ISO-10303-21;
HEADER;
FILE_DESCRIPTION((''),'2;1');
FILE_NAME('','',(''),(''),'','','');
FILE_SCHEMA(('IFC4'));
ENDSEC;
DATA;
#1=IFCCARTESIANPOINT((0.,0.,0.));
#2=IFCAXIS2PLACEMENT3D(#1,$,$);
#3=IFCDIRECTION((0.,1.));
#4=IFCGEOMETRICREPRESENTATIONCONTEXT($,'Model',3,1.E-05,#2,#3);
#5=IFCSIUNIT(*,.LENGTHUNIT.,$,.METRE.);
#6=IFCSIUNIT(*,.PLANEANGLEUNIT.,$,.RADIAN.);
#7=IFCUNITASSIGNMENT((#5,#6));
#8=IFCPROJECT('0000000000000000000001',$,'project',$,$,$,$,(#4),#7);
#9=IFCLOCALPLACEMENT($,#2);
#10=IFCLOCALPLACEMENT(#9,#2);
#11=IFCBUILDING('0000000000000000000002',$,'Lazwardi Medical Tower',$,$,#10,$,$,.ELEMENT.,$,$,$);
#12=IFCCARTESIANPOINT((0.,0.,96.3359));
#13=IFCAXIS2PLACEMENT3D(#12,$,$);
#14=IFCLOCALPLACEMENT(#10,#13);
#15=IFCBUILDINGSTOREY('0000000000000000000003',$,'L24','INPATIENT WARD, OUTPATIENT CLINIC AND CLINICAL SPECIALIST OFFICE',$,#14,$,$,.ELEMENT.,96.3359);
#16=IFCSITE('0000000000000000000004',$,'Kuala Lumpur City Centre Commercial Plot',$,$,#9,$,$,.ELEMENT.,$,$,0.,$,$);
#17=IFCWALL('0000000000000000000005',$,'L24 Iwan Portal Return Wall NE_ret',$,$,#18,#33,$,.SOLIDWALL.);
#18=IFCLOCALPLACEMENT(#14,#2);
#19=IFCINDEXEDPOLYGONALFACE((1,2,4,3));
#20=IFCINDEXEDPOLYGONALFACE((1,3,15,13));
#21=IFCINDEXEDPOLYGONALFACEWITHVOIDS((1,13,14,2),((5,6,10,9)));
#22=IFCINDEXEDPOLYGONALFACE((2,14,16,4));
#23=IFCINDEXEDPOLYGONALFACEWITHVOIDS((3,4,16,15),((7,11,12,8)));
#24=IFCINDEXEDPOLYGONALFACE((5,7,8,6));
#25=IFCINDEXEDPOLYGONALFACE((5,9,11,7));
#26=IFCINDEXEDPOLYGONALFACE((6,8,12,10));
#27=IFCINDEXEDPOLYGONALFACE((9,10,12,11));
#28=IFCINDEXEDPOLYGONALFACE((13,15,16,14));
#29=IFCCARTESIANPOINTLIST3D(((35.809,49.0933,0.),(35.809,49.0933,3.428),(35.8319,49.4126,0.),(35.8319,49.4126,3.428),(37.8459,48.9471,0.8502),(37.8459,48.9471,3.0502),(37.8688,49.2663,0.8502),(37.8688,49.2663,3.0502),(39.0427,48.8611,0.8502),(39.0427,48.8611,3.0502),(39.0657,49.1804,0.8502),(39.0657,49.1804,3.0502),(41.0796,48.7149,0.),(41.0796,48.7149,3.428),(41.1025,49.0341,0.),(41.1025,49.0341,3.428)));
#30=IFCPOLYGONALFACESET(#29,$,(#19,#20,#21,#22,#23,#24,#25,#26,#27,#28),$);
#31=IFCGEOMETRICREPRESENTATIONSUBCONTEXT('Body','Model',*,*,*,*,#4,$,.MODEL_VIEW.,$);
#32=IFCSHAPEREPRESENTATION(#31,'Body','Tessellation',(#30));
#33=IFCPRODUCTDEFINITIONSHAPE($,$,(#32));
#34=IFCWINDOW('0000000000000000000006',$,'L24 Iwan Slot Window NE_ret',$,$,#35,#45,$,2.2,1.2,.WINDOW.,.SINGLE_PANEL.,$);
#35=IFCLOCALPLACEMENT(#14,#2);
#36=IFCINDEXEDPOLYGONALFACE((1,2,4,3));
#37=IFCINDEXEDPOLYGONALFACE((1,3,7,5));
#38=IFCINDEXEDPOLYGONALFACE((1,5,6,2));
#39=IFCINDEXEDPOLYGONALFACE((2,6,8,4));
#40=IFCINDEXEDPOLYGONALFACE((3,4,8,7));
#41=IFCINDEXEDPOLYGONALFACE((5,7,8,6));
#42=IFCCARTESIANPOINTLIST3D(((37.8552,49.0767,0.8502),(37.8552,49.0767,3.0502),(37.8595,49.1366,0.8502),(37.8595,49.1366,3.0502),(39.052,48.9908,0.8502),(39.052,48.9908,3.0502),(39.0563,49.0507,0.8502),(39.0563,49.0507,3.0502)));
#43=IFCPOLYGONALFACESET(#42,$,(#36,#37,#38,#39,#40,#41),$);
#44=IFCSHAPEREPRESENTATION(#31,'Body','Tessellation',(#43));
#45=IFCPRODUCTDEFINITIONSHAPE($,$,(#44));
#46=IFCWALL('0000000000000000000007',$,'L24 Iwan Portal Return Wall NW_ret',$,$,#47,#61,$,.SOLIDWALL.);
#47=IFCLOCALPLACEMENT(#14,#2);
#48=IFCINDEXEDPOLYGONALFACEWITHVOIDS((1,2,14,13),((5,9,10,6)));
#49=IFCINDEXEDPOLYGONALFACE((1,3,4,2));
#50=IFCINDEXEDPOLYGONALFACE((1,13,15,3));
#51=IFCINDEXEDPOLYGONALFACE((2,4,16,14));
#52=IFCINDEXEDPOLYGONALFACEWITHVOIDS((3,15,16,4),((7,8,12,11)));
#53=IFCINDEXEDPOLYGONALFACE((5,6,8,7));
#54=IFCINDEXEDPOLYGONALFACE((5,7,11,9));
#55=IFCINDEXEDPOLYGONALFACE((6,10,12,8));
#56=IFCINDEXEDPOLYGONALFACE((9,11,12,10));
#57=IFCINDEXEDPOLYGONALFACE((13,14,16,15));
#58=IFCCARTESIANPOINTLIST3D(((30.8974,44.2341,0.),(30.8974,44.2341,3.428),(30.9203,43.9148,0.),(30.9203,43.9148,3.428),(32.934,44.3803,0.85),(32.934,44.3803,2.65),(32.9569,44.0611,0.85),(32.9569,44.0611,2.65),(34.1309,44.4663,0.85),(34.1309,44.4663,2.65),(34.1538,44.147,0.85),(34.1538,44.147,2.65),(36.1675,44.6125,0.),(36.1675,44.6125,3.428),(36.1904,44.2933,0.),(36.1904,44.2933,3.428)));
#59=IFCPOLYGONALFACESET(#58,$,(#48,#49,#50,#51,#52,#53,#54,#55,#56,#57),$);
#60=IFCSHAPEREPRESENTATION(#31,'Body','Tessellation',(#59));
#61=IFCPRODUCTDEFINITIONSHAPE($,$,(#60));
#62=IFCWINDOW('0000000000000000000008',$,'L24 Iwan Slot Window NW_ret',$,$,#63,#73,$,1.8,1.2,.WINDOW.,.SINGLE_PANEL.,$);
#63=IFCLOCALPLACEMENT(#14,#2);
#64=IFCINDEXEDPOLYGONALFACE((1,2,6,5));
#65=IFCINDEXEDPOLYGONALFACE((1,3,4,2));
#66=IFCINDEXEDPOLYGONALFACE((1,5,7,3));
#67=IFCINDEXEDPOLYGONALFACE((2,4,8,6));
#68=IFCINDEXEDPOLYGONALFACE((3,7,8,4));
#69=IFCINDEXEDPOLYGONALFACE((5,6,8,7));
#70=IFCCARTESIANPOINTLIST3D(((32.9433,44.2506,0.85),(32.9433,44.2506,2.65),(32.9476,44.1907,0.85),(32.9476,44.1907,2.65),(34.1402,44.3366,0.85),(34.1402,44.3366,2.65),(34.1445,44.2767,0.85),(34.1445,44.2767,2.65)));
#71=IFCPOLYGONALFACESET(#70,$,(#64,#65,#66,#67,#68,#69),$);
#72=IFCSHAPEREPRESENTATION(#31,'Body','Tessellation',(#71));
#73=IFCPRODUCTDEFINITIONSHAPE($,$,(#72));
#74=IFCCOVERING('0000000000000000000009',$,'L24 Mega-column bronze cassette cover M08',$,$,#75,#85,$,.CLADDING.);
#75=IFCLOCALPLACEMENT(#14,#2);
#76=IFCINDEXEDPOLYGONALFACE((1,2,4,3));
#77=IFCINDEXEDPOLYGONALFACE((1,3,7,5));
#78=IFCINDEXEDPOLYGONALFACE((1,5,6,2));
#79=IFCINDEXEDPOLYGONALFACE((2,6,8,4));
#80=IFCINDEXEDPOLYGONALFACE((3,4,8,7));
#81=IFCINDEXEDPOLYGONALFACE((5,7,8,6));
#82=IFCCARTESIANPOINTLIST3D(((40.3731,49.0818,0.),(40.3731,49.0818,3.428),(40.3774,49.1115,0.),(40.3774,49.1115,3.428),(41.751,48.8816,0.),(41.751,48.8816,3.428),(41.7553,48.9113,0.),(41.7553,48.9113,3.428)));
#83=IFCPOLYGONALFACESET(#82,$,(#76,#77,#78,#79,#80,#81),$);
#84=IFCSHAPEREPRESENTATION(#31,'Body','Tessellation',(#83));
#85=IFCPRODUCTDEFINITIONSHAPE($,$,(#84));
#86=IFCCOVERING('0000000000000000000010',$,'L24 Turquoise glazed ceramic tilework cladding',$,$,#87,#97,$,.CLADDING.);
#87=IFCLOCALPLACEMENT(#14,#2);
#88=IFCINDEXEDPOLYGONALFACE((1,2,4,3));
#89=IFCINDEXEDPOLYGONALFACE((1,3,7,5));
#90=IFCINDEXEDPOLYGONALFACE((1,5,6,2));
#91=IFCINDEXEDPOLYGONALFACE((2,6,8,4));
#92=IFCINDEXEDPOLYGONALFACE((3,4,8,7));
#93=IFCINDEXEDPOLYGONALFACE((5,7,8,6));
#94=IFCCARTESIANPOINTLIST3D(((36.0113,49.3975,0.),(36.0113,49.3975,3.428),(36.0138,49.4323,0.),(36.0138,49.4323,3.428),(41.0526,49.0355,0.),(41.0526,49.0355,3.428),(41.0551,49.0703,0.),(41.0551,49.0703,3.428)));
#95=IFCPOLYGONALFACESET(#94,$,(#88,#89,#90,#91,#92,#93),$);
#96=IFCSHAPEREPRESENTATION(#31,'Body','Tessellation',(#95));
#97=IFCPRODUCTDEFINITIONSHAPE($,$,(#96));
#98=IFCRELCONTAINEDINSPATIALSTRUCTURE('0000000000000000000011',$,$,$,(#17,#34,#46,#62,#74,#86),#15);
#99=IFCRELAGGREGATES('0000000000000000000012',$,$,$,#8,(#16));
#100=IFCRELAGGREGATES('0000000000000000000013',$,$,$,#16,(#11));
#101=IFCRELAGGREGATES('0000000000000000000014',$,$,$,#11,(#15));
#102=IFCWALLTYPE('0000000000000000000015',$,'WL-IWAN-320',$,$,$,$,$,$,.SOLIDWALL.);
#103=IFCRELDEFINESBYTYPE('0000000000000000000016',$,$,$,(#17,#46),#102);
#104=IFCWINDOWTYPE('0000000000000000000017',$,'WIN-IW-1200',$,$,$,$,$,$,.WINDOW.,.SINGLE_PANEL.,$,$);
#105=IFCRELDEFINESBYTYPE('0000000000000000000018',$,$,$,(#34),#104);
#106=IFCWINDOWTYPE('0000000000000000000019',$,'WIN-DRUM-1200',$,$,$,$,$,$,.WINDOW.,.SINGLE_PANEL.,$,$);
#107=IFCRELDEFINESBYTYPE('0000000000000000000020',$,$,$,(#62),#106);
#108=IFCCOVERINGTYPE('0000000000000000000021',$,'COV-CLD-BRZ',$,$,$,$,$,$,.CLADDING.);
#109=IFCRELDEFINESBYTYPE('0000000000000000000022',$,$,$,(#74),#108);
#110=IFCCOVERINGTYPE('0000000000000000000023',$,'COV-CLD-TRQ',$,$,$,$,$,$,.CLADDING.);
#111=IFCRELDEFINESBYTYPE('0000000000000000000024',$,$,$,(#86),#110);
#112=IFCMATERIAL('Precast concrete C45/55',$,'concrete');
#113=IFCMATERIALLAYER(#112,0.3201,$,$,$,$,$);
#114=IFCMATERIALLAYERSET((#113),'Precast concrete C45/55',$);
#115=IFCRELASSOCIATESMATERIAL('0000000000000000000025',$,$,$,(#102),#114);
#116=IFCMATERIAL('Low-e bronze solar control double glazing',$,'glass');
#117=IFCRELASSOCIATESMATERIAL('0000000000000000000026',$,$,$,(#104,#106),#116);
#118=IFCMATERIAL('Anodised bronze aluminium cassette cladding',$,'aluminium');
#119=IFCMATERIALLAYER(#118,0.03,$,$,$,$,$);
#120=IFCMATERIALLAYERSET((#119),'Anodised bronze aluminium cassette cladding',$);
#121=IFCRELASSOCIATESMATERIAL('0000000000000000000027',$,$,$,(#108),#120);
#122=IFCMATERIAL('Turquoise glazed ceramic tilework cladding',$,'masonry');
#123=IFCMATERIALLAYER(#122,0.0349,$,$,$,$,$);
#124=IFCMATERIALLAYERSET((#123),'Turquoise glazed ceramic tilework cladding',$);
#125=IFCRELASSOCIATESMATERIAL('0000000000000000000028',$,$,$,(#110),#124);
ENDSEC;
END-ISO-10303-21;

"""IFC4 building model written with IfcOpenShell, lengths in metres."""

from ifc_helpers import new_model, si_unit, direction, frame, frame_2d, origin, origin_2d, place, context, subcontext, project, spatial, rectangle, extrude, material, layer, layer_set, type_object, element, fill, save


model = new_model("IFC4")

# Units and contexts
model_context = context("Model", 3, precision=1e-05, world=origin(), true_north=direction((0.0, 1.0)))
body_context = subcontext(model_context, "Body", "Model", "MODEL_VIEW")
ifc_project = project(units=[si_unit("LENGTHUNIT", "METRE"), si_unit("PLANEANGLEUNIT", "RADIAN")], contexts=[model_context])

# Site, building, storey
site_placement = place(None, origin())
site = spatial("IfcSite", under=ifc_project, at=site_placement, Name="Kuala Lumpur City Centre Commercial Plot", CompositionType="ELEMENT", RefElevation=0.0)
building_placement = place(site_placement, origin())
building = spatial("IfcBuilding", under=site, at=building_placement, Name="Lazwardi Medical Tower", CompositionType="ELEMENT")
storey_placement = place(building_placement, frame((0.0, 0.0, 96.3359)))
storey = spatial("IfcBuildingStorey", under=building, at=storey_placement, Name="L24", Description="INPATIENT WARD, OUTPATIENT CLINIC AND CLINICAL SPECIALIST OFFICE", CompositionType="ELEMENT", Elevation=96.3359)

# Shared definitions
ifc_material_1 = material(Name="Low-e bronze solar control double glazing", Category="glass")

# Walls, openings, windows
ifc_material_2 = material(Name="Precast concrete C45/55", Category="concrete")
ifc_layer_1 = layer(ifc_material_2, 0.3201)
ifc_layer_set_1 = layer_set([ifc_layer_1], Name="Precast concrete C45/55")
wall_type = type_object("IfcWallType", Name="WL-IWAN-320", PredefinedType="SOLIDWALL", material=ifc_layer_set_1)
wall_1_placement = place(storey_placement, frame((41.0911, 48.8745, 0.0), z_axis=(0.0, 0.0, 1.0), x_axis=(-0.997432, 0.071615, 0.0)))
wall_1 = element("IfcWall", 1, at=wall_1_placement, inside=storey, type_object=wall_type, Name="L24 Iwan Portal Return Wall NE_ret", PredefinedType="SOLIDWALL", context=body_context, shape_type="SweptSolid", body=[
    extrude(rectangle(XDim=5.2842, YDim=0.3201, at=frame_2d((2.6421, 0.0))), origin(), (0.0, 0.0, 1.0), 3.428),
])
opening_1_placement = place(wall_1_placement, frame((2.042, 0.0, 0.8501)))
opening_1 = element("IfcOpeningElement", 2, at=opening_1_placement, cuts=wall_1, PredefinedType="OPENING", context=body_context, shape_type="SweptSolid", body=[
    extrude(rectangle(XDim=1.2, YDim=2.2, at=frame_2d((0.6001, 1.1001))), frame((0.0, 0.1699, 0.0), z_axis=(0.0, -1.0, 0.0), x_axis=(1.0, 0.0, 0.0)), (0.0, 0.0, 1.0), 0.3401),
])
window_type_1 = type_object("IfcWindowType", Name="WIN-IW-1200", PartitioningType="SINGLE_PANEL", PredefinedType="WINDOW", material=ifc_material_1)
window_1_placement = place(opening_1_placement, origin())
window_1 = element("IfcWindow", 3, at=window_1_placement, inside=storey, type_object=window_type_1, Name="L24 Iwan Slot Window NE_ret", OverallHeight=2.2, OverallWidth=1.2, PartitioningType="SINGLE_PANEL", PredefinedType="WINDOW", context=body_context, shape_type="SweptSolid", body=[
    extrude(rectangle(XDim=1.2, YDim=2.2, at=frame_2d((0.6001, 1.1001))), frame((0.0, 0.03, 0.0), z_axis=(0.0, -1.0, 0.0), x_axis=(1.0, 0.0, 0.0)), (0.0, 0.0, 1.0), 0.0601),
])
fill(opening_1, window_1)
wall_2_placement = place(storey_placement, frame((36.179, 44.4529, 0.0), z_axis=(0.0, 0.0, 1.0), x_axis=(-0.997432, -0.071621, 0.0)))
wall_2 = element("IfcWall", 4, at=wall_2_placement, inside=storey, type_object=wall_type, Name="L24 Iwan Portal Return Wall NW_ret", PredefinedType="SOLIDWALL", context=body_context, shape_type="SweptSolid", body=[
    extrude(rectangle(XDim=5.2837, YDim=0.3201, at=frame_2d((2.6418, 0.0))), origin(), (0.0, 0.0, 1.0), 3.428),
])
opening_2_placement = place(wall_2_placement, frame((2.0417, 0.0, 0.8501)))
opening_2 = element("IfcOpeningElement", 5, at=opening_2_placement, cuts=wall_2, PredefinedType="OPENING", context=body_context, shape_type="SweptSolid", body=[
    extrude(rectangle(XDim=1.2, YDim=1.8, at=frame_2d((0.6001, 0.8999))), frame((0.0, 0.1699, 0.0), z_axis=(0.0, -1.0, 0.0), x_axis=(1.0, 0.0, 0.0)), (0.0, 0.0, 1.0), 0.3401),
])
window_type_2 = type_object("IfcWindowType", Name="WIN-DRUM-1200", PartitioningType="SINGLE_PANEL", PredefinedType="WINDOW", material=ifc_material_1)
window_2_placement = place(opening_2_placement, origin())
window_2 = element("IfcWindow", 6, at=window_2_placement, inside=storey, type_object=window_type_2, Name="L24 Iwan Slot Window NW_ret", OverallHeight=1.8, OverallWidth=1.2, PartitioningType="SINGLE_PANEL", PredefinedType="WINDOW", context=body_context, shape_type="SweptSolid", body=[
    extrude(rectangle(XDim=1.2, YDim=1.8, at=frame_2d((0.6001, 0.8999))), frame((0.0, 0.03, 0.0), z_axis=(0.0, -1.0, 0.0), x_axis=(1.0, 0.0, 0.0)), (0.0, 0.0, 1.0), 0.0601),
])
fill(opening_2, window_2)

# Coverings
ifc_material_3 = material(Name="Anodised bronze aluminium cassette cladding", Category="aluminium")
ifc_layer_2 = layer(ifc_material_3, 0.03)
ifc_layer_set_2 = layer_set([ifc_layer_2], Name="Anodised bronze aluminium cassette cladding")
covering_type_1 = type_object("IfcCoveringType", Name="COV-CLD-BRZ", PredefinedType="CLADDING", material=ifc_layer_set_2)
covering_1_placement = place(storey_placement, frame((41.0642, 48.9966, 0.0), z_axis=(0.0, 0.0, 1.0), x_axis=(-0.989609, 0.143785, 0.0)))
element("IfcCovering", 7, at=covering_1_placement, inside=storey, type_object=covering_type_1, Name="L24 Mega-column bronze cassette cover M08", PredefinedType="CLADDING", context=body_context, shape_type="SweptSolid", body=[
    extrude(rectangle(XDim=1.3923, YDim=0.03, at=origin_2d()), origin(), (0.0, 0.0, 1.0), 3.428),
])
ifc_material_4 = material(Name="Turquoise glazed ceramic tilework cladding", Category="masonry")
ifc_layer_3 = layer(ifc_material_4, 0.0349)
ifc_layer_set_3 = layer_set([ifc_layer_3], Name="Turquoise glazed ceramic tilework cladding")
covering_type_2 = type_object("IfcCoveringType", Name="COV-CLD-TRQ", PredefinedType="CLADDING", material=ifc_layer_set_3)
covering_2_placement = place(storey_placement, frame((38.5332, 49.2339, 0.0), z_axis=(0.0, 0.0, 1.0), x_axis=(-0.997432, 0.071625, 0.0)))
element("IfcCovering", 8, at=covering_2_placement, inside=storey, type_object=covering_type_2, Name="L24 Turquoise glazed ceramic tilework cladding", PredefinedType="CLADDING", context=body_context, shape_type="SweptSolid", body=[
    extrude(rectangle(XDim=5.0542, YDim=0.0349, at=origin_2d()), origin(), (0.0, 0.0, 1.0), 3.428),
])

save(model, "model.ifc")
